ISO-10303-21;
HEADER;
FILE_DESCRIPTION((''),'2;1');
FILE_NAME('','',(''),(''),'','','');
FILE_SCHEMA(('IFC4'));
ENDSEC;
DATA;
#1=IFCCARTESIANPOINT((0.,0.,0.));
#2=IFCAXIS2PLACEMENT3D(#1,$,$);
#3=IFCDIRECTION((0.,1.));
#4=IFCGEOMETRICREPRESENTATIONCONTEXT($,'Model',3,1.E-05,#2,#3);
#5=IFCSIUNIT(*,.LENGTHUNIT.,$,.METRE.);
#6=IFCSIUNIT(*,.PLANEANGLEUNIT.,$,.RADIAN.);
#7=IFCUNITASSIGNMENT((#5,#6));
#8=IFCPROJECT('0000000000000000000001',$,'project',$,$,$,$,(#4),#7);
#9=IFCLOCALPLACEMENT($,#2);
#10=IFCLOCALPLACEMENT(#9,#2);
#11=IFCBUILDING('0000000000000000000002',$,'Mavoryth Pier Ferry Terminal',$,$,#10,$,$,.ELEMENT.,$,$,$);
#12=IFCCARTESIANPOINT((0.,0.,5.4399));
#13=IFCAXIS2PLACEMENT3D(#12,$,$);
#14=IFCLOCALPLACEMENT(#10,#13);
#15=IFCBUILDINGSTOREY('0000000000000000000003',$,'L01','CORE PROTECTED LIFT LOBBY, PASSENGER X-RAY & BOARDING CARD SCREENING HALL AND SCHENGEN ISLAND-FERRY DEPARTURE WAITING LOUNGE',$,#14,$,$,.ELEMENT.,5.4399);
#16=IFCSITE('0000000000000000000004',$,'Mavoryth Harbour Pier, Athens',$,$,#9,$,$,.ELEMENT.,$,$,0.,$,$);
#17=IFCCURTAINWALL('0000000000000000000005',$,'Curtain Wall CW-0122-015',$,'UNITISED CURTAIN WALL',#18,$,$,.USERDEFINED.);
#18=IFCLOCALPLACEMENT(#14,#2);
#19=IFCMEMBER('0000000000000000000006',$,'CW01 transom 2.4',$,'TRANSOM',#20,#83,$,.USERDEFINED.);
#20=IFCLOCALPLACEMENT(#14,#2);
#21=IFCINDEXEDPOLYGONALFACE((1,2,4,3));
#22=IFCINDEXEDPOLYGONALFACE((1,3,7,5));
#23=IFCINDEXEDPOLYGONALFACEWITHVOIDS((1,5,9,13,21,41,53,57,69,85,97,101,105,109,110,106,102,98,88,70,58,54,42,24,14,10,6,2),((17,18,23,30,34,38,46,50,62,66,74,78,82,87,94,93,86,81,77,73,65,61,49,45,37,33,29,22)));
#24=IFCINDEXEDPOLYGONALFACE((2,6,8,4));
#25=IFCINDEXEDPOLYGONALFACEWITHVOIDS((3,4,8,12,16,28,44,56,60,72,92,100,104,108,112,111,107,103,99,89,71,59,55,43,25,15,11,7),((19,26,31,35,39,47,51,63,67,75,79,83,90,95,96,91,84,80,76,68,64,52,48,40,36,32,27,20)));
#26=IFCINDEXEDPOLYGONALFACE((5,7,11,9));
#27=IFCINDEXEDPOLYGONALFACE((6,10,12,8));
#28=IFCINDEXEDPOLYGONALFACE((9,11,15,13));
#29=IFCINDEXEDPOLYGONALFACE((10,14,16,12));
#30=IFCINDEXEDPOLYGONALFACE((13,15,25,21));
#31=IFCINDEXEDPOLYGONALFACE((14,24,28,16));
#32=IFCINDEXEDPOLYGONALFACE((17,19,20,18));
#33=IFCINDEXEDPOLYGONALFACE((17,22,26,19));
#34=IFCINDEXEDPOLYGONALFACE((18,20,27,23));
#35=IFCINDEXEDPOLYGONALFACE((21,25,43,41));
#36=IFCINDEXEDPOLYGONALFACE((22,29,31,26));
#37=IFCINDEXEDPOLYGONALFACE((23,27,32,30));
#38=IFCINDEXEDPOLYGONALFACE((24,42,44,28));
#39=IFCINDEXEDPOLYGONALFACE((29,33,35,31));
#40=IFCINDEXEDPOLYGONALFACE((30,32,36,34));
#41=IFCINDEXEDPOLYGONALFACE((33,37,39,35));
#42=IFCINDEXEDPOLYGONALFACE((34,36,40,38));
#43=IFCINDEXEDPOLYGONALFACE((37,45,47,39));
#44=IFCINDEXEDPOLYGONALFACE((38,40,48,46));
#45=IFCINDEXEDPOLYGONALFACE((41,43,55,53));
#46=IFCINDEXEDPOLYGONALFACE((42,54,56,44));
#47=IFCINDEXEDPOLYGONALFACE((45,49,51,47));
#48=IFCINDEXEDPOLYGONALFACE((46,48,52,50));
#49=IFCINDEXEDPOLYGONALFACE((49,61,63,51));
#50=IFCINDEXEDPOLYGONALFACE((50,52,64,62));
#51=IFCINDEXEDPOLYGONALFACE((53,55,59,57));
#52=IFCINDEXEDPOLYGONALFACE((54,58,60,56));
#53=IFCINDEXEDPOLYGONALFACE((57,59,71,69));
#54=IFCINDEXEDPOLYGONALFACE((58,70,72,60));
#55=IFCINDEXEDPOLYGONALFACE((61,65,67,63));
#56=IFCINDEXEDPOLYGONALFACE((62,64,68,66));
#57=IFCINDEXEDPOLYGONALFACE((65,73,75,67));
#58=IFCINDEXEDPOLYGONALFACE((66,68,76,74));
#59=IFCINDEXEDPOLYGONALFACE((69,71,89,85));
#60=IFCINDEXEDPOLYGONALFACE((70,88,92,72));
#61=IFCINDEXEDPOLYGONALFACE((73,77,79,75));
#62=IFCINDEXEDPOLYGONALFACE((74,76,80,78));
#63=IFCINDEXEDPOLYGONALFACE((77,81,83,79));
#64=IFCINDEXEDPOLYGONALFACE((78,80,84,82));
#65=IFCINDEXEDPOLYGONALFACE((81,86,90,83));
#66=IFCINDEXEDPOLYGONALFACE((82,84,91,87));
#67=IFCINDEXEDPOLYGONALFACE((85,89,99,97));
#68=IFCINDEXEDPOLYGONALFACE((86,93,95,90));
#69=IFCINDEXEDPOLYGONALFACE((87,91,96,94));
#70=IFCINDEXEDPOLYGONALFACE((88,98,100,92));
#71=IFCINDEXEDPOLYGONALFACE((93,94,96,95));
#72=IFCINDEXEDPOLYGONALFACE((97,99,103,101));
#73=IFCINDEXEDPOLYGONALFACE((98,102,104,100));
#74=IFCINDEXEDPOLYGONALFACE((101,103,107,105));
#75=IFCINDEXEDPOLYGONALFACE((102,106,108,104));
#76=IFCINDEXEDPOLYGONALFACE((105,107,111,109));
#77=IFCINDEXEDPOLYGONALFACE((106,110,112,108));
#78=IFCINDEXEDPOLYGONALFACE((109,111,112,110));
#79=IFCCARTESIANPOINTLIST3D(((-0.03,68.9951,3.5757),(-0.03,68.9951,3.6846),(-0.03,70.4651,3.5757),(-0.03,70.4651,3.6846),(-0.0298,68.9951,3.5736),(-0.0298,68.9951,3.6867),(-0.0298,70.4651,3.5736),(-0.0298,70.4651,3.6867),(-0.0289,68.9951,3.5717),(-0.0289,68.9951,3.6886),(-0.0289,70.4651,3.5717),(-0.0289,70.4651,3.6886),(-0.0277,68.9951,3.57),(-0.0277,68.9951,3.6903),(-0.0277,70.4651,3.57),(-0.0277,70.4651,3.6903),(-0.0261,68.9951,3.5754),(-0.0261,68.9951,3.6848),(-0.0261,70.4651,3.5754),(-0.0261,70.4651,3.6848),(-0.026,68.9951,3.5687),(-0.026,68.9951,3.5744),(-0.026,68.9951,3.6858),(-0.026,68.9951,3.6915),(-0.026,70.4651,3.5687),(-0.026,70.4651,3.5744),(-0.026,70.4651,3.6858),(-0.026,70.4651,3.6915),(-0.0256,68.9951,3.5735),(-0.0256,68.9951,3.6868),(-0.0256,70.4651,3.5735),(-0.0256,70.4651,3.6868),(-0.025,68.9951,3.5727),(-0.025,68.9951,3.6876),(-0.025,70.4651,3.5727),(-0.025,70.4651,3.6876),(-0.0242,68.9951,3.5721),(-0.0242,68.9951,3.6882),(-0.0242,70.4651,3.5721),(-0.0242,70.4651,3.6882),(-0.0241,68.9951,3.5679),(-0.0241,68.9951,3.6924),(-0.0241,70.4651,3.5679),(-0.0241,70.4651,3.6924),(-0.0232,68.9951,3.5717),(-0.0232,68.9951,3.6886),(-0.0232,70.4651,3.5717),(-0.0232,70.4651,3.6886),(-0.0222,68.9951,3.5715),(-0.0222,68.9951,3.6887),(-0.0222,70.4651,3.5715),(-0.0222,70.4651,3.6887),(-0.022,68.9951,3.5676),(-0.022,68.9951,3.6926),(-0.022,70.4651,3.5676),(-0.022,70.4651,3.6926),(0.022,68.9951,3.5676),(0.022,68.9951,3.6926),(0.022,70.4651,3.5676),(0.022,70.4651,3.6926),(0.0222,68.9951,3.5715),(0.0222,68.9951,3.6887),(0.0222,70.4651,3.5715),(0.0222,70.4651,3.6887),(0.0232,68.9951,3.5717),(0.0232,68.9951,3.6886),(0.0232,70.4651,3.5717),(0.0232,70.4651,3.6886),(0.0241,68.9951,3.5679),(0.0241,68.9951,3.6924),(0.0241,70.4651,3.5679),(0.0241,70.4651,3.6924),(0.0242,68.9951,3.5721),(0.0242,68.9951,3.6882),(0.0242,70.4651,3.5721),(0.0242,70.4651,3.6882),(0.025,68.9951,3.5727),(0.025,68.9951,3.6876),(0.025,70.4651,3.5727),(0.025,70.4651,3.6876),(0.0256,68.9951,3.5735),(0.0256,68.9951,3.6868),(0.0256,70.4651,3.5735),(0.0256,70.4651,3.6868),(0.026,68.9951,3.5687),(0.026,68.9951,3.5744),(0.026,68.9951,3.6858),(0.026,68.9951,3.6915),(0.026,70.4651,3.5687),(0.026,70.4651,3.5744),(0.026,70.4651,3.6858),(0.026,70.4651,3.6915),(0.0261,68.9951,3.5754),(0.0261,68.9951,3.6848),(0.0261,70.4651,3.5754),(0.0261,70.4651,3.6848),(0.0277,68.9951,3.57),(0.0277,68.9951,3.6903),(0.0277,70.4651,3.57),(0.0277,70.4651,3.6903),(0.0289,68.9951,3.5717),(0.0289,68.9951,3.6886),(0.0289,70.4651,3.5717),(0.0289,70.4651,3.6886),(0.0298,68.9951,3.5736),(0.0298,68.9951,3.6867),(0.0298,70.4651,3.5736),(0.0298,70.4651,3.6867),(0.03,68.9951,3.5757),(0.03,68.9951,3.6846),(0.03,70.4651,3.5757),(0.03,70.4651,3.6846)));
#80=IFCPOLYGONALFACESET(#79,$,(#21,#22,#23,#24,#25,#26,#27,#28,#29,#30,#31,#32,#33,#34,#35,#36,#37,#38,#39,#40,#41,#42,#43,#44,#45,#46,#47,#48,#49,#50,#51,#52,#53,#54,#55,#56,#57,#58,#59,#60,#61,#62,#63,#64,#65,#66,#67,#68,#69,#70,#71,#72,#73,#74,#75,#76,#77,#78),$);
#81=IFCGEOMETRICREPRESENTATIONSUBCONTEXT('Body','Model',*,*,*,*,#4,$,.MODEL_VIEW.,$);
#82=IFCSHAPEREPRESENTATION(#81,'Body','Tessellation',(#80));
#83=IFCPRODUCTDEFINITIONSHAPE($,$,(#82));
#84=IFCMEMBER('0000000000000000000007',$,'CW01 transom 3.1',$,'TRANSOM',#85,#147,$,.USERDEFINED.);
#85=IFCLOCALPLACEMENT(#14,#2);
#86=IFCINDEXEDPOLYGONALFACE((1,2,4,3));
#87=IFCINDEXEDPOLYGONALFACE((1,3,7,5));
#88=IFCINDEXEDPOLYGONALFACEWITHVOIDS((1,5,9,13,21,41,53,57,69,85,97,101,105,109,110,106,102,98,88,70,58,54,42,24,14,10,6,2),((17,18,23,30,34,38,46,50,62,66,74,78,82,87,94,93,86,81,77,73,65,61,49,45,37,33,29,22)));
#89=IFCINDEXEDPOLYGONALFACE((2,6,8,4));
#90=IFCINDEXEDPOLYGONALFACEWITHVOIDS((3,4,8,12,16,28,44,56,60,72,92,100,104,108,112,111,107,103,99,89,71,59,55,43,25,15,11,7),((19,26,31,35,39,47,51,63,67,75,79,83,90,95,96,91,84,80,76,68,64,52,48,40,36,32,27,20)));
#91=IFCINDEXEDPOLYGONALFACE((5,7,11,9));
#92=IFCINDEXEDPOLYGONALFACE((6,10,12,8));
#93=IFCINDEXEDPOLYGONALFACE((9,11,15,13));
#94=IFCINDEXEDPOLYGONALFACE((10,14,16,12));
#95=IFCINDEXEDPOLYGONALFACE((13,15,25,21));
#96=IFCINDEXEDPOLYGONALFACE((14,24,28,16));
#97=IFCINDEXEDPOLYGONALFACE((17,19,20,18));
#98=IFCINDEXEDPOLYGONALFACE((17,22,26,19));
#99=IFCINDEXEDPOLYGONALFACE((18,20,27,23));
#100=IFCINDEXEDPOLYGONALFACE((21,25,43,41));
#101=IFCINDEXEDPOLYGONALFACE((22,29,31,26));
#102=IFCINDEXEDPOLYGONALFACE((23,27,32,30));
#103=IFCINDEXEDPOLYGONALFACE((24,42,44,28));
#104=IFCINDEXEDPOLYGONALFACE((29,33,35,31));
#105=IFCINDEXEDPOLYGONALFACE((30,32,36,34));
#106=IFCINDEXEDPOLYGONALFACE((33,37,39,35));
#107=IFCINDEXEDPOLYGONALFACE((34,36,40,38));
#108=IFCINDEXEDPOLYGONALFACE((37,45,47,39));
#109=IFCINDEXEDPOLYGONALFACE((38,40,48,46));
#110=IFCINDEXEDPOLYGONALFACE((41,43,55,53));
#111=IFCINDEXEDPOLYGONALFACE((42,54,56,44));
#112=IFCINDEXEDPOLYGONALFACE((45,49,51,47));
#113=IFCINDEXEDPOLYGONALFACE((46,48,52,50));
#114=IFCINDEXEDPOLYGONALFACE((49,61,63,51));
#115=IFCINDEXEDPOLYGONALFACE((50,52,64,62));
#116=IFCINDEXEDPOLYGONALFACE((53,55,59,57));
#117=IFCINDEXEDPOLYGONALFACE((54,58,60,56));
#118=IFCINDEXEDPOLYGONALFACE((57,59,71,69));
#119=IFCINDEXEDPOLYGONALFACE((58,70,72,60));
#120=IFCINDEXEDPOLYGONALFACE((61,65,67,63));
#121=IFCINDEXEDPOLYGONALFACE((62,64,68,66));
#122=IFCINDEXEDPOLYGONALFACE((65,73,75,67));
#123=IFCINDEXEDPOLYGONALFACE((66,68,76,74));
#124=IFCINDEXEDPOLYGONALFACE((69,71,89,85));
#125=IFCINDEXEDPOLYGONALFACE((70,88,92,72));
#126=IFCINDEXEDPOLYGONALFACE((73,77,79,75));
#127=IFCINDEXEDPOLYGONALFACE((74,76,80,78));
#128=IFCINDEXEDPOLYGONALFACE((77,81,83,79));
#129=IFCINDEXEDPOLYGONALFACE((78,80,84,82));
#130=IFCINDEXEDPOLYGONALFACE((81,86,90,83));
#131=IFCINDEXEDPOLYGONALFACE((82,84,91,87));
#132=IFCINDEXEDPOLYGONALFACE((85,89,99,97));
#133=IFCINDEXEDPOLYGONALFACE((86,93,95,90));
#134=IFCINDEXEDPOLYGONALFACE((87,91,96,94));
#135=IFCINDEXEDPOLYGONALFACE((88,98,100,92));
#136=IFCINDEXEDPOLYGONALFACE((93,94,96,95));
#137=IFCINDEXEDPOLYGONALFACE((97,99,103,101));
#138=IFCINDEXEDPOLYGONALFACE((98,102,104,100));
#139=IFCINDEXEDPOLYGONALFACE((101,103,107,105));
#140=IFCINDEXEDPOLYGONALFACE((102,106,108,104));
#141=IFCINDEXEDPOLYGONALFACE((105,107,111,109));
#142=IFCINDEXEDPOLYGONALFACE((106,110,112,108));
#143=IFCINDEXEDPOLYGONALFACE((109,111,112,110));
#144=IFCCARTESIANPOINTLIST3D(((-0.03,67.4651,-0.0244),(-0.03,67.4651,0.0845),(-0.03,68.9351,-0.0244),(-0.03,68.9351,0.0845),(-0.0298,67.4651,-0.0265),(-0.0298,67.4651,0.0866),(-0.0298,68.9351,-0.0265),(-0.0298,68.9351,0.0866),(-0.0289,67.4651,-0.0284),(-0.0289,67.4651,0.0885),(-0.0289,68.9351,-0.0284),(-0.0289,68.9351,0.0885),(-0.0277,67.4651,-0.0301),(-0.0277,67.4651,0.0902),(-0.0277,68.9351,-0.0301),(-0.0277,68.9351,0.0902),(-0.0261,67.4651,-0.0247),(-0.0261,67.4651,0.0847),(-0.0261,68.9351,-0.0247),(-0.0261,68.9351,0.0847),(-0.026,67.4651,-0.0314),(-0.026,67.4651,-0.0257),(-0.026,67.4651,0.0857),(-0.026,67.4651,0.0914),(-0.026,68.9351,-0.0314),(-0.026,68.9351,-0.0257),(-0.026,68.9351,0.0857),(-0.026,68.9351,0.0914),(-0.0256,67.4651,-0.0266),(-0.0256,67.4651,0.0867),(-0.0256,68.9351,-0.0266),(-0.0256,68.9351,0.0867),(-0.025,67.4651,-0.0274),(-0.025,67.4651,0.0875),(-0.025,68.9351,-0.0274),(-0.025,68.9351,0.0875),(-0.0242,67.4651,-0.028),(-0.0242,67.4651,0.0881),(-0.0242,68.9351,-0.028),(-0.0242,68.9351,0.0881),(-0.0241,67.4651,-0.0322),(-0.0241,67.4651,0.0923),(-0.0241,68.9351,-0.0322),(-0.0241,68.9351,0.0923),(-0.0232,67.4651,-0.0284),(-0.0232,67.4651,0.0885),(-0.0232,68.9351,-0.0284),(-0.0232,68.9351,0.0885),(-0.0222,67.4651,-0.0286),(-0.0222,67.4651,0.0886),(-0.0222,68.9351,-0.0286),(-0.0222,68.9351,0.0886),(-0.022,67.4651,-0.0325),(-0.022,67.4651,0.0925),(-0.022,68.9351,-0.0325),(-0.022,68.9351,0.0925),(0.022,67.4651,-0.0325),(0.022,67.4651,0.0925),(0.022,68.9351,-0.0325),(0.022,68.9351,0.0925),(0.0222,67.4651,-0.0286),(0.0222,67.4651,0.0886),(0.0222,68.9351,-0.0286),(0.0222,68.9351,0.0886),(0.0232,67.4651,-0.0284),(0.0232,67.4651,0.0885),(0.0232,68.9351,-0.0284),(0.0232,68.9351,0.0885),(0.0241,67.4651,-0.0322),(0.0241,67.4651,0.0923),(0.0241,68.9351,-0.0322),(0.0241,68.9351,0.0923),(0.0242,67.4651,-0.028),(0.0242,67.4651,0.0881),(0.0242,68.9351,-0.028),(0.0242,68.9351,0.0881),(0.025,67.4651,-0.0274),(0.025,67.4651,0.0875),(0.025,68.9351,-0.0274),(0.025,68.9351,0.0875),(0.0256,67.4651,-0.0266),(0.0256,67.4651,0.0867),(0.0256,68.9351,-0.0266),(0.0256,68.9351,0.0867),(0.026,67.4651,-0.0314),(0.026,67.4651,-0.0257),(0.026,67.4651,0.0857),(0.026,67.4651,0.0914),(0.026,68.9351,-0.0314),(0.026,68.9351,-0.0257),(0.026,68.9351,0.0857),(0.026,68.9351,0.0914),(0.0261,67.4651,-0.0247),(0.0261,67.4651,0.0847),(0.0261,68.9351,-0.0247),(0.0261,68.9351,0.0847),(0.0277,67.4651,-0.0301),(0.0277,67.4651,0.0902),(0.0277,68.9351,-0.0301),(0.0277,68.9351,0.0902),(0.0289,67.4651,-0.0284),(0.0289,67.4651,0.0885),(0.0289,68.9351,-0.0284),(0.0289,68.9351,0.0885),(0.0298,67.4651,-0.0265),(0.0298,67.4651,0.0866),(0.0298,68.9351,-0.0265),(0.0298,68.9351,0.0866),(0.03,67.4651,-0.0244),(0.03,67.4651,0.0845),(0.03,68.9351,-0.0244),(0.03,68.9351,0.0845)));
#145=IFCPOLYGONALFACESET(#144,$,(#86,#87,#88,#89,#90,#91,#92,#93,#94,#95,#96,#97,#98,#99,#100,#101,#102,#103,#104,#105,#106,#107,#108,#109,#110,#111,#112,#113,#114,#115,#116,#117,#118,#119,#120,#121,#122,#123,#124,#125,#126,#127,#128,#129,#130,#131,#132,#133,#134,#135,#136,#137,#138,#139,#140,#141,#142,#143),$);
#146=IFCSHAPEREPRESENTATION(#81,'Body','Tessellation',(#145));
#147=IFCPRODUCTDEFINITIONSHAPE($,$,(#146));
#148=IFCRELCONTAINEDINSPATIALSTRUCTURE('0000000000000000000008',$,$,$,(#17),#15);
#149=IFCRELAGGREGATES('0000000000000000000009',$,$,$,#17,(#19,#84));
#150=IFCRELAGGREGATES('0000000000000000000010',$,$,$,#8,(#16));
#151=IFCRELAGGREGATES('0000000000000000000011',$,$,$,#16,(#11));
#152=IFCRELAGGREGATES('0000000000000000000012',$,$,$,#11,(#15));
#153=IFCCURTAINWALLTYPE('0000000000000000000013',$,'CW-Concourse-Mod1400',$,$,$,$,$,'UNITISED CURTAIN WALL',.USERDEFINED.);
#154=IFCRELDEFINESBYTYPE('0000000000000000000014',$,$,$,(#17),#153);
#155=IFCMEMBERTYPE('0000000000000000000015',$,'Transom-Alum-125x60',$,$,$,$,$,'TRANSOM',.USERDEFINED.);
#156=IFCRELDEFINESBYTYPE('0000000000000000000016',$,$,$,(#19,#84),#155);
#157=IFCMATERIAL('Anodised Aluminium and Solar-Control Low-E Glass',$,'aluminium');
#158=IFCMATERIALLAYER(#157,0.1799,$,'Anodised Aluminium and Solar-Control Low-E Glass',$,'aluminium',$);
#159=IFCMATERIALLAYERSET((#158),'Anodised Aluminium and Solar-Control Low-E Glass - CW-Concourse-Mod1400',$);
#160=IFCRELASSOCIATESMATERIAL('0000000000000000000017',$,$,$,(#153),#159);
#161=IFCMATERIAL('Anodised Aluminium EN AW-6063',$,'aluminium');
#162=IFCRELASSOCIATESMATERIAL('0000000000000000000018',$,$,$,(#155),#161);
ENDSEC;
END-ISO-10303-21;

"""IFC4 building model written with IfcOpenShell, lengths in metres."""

from ifc_helpers import new_model, si_unit, direction, frame, origin, origin_2d, place, context, subcontext, project, spatial, hollow_rectangle, extrude, material, layer, layer_set, material_profile, profile_set, type_object, element, aggregate, save


model = new_model("IFC4")

# Units and contexts
model_context = context("Model", 3, precision=1e-05, world=origin(), true_north=direction((0.0, 1.0)))
body_context = subcontext(model_context, "Body", "Model", "MODEL_VIEW")
ifc_project = project(units=[si_unit("LENGTHUNIT", "METRE"), si_unit("PLANEANGLEUNIT", "RADIAN")], contexts=[model_context])

# Site, building, storey
site_placement = place(None, origin())
site = spatial("IfcSite", under=ifc_project, at=site_placement, Name="Mavoryth Harbour Pier, Athens", CompositionType="ELEMENT", RefElevation=0.0)
building_placement = place(site_placement, origin())
building = spatial("IfcBuilding", under=site, at=building_placement, Name="Mavoryth Pier Ferry Terminal", CompositionType="ELEMENT")
storey_placement = place(building_placement, frame((0.0, 0.0, 5.4399)))
storey = spatial("IfcBuildingStorey", under=building, at=storey_placement, Name="L01", Description="CORE PROTECTED LIFT LOBBY, PASSENGER X-RAY & BOARDING CARD SCREENING HALL AND SCHENGEN ISLAND-FERRY DEPARTURE WAITING LOUNGE", CompositionType="ELEMENT", Elevation=5.4399)

# Curtain wall
ifc_material_1 = material(Name="Anodised Aluminium and Solar-Control Low-E Glass", Category="aluminium")
ifc_layer_1 = layer(ifc_material_1, 0.1799, Name="Anodised Aluminium and Solar-Control Low-E Glass", Category="aluminium")
ifc_layer_set_1 = layer_set([ifc_layer_1], Name="Anodised Aluminium and Solar-Control Low-E Glass - CW-Concourse-Mod1400")
curtain_wall_type = type_object("IfcCurtainWallType", Name="CW-Concourse-Mod1400", ElementType="UNITISED CURTAIN WALL", PredefinedType="USERDEFINED", material=ifc_layer_set_1)
curtain_wall_1_placement = place(storey_placement, origin())
curtain_wall_1 = element("IfcCurtainWall", 1, at=curtain_wall_1_placement, inside=storey, type_object=curtain_wall_type, Name="Curtain Wall CW-0122-015", ObjectType="UNITISED CURTAIN WALL", PredefinedType="USERDEFINED")
ifc_material_2 = material(Name="Anodised Aluminium EN AW-6063", Category="aluminium")

# Members
ifc_material_profile_1 = material_profile(ifc_material_2, hollow_rectangle(XDim=0.0601, YDim=0.125, WallThickness=0.0039, InnerFilletRadius=0.0039, OuterFilletRadius=0.0081, at=origin_2d()), Name="AL-TRAN 125x60x4", Category="aluminium")
ifc_profile_set_1 = profile_set([ifc_material_profile_1], Name="Anodised Aluminium EN AW-6063 - AL-TRAN 125x60x4")
member_type_1 = type_object("IfcMemberType", Name="Transom-Alum-125x60", ElementType="TRANSOM", PredefinedType="USERDEFINED", material=ifc_profile_set_1)
member_1_placement = place(storey_placement, frame((0.0, 70.4651, 3.6301), z_axis=(0.0, -1.0, 0.0), x_axis=(1.0, 0.0, 0.0)))
member_1 = element("IfcMember", 2, at=member_1_placement, type_object=member_type_1, Name="CW01 transom 2.4", ObjectType="TRANSOM", PredefinedType="USERDEFINED", context=body_context, shape_type="SweptSolid", body=[
    extrude(hollow_rectangle(XDim=0.0601, YDim=0.125, WallThickness=0.0039, InnerFilletRadius=0.0039, OuterFilletRadius=0.0081, at=origin_2d()), origin(), (0.0, 0.0, 1.0), 1.47),
])
member_2_placement = place(storey_placement, frame((0.0, 68.9351, 0.03), z_axis=(0.0, -1.0, 0.0), x_axis=(1.0, 0.0, 0.0)))
member_2 = element("IfcMember", 3, at=member_2_placement, type_object=member_type_1, Name="CW01 transom 3.1", ObjectType="TRANSOM", PredefinedType="USERDEFINED", context=body_context, shape_type="SweptSolid", body=[
    extrude(hollow_rectangle(XDim=0.0601, YDim=0.125, WallThickness=0.0039, InnerFilletRadius=0.0039, OuterFilletRadius=0.0081, at=origin_2d()), origin(), (0.0, 0.0, 1.0), 1.47),
])

aggregate(curtain_wall_1, [member_1, member_2])

save(model, "model.ifc")
